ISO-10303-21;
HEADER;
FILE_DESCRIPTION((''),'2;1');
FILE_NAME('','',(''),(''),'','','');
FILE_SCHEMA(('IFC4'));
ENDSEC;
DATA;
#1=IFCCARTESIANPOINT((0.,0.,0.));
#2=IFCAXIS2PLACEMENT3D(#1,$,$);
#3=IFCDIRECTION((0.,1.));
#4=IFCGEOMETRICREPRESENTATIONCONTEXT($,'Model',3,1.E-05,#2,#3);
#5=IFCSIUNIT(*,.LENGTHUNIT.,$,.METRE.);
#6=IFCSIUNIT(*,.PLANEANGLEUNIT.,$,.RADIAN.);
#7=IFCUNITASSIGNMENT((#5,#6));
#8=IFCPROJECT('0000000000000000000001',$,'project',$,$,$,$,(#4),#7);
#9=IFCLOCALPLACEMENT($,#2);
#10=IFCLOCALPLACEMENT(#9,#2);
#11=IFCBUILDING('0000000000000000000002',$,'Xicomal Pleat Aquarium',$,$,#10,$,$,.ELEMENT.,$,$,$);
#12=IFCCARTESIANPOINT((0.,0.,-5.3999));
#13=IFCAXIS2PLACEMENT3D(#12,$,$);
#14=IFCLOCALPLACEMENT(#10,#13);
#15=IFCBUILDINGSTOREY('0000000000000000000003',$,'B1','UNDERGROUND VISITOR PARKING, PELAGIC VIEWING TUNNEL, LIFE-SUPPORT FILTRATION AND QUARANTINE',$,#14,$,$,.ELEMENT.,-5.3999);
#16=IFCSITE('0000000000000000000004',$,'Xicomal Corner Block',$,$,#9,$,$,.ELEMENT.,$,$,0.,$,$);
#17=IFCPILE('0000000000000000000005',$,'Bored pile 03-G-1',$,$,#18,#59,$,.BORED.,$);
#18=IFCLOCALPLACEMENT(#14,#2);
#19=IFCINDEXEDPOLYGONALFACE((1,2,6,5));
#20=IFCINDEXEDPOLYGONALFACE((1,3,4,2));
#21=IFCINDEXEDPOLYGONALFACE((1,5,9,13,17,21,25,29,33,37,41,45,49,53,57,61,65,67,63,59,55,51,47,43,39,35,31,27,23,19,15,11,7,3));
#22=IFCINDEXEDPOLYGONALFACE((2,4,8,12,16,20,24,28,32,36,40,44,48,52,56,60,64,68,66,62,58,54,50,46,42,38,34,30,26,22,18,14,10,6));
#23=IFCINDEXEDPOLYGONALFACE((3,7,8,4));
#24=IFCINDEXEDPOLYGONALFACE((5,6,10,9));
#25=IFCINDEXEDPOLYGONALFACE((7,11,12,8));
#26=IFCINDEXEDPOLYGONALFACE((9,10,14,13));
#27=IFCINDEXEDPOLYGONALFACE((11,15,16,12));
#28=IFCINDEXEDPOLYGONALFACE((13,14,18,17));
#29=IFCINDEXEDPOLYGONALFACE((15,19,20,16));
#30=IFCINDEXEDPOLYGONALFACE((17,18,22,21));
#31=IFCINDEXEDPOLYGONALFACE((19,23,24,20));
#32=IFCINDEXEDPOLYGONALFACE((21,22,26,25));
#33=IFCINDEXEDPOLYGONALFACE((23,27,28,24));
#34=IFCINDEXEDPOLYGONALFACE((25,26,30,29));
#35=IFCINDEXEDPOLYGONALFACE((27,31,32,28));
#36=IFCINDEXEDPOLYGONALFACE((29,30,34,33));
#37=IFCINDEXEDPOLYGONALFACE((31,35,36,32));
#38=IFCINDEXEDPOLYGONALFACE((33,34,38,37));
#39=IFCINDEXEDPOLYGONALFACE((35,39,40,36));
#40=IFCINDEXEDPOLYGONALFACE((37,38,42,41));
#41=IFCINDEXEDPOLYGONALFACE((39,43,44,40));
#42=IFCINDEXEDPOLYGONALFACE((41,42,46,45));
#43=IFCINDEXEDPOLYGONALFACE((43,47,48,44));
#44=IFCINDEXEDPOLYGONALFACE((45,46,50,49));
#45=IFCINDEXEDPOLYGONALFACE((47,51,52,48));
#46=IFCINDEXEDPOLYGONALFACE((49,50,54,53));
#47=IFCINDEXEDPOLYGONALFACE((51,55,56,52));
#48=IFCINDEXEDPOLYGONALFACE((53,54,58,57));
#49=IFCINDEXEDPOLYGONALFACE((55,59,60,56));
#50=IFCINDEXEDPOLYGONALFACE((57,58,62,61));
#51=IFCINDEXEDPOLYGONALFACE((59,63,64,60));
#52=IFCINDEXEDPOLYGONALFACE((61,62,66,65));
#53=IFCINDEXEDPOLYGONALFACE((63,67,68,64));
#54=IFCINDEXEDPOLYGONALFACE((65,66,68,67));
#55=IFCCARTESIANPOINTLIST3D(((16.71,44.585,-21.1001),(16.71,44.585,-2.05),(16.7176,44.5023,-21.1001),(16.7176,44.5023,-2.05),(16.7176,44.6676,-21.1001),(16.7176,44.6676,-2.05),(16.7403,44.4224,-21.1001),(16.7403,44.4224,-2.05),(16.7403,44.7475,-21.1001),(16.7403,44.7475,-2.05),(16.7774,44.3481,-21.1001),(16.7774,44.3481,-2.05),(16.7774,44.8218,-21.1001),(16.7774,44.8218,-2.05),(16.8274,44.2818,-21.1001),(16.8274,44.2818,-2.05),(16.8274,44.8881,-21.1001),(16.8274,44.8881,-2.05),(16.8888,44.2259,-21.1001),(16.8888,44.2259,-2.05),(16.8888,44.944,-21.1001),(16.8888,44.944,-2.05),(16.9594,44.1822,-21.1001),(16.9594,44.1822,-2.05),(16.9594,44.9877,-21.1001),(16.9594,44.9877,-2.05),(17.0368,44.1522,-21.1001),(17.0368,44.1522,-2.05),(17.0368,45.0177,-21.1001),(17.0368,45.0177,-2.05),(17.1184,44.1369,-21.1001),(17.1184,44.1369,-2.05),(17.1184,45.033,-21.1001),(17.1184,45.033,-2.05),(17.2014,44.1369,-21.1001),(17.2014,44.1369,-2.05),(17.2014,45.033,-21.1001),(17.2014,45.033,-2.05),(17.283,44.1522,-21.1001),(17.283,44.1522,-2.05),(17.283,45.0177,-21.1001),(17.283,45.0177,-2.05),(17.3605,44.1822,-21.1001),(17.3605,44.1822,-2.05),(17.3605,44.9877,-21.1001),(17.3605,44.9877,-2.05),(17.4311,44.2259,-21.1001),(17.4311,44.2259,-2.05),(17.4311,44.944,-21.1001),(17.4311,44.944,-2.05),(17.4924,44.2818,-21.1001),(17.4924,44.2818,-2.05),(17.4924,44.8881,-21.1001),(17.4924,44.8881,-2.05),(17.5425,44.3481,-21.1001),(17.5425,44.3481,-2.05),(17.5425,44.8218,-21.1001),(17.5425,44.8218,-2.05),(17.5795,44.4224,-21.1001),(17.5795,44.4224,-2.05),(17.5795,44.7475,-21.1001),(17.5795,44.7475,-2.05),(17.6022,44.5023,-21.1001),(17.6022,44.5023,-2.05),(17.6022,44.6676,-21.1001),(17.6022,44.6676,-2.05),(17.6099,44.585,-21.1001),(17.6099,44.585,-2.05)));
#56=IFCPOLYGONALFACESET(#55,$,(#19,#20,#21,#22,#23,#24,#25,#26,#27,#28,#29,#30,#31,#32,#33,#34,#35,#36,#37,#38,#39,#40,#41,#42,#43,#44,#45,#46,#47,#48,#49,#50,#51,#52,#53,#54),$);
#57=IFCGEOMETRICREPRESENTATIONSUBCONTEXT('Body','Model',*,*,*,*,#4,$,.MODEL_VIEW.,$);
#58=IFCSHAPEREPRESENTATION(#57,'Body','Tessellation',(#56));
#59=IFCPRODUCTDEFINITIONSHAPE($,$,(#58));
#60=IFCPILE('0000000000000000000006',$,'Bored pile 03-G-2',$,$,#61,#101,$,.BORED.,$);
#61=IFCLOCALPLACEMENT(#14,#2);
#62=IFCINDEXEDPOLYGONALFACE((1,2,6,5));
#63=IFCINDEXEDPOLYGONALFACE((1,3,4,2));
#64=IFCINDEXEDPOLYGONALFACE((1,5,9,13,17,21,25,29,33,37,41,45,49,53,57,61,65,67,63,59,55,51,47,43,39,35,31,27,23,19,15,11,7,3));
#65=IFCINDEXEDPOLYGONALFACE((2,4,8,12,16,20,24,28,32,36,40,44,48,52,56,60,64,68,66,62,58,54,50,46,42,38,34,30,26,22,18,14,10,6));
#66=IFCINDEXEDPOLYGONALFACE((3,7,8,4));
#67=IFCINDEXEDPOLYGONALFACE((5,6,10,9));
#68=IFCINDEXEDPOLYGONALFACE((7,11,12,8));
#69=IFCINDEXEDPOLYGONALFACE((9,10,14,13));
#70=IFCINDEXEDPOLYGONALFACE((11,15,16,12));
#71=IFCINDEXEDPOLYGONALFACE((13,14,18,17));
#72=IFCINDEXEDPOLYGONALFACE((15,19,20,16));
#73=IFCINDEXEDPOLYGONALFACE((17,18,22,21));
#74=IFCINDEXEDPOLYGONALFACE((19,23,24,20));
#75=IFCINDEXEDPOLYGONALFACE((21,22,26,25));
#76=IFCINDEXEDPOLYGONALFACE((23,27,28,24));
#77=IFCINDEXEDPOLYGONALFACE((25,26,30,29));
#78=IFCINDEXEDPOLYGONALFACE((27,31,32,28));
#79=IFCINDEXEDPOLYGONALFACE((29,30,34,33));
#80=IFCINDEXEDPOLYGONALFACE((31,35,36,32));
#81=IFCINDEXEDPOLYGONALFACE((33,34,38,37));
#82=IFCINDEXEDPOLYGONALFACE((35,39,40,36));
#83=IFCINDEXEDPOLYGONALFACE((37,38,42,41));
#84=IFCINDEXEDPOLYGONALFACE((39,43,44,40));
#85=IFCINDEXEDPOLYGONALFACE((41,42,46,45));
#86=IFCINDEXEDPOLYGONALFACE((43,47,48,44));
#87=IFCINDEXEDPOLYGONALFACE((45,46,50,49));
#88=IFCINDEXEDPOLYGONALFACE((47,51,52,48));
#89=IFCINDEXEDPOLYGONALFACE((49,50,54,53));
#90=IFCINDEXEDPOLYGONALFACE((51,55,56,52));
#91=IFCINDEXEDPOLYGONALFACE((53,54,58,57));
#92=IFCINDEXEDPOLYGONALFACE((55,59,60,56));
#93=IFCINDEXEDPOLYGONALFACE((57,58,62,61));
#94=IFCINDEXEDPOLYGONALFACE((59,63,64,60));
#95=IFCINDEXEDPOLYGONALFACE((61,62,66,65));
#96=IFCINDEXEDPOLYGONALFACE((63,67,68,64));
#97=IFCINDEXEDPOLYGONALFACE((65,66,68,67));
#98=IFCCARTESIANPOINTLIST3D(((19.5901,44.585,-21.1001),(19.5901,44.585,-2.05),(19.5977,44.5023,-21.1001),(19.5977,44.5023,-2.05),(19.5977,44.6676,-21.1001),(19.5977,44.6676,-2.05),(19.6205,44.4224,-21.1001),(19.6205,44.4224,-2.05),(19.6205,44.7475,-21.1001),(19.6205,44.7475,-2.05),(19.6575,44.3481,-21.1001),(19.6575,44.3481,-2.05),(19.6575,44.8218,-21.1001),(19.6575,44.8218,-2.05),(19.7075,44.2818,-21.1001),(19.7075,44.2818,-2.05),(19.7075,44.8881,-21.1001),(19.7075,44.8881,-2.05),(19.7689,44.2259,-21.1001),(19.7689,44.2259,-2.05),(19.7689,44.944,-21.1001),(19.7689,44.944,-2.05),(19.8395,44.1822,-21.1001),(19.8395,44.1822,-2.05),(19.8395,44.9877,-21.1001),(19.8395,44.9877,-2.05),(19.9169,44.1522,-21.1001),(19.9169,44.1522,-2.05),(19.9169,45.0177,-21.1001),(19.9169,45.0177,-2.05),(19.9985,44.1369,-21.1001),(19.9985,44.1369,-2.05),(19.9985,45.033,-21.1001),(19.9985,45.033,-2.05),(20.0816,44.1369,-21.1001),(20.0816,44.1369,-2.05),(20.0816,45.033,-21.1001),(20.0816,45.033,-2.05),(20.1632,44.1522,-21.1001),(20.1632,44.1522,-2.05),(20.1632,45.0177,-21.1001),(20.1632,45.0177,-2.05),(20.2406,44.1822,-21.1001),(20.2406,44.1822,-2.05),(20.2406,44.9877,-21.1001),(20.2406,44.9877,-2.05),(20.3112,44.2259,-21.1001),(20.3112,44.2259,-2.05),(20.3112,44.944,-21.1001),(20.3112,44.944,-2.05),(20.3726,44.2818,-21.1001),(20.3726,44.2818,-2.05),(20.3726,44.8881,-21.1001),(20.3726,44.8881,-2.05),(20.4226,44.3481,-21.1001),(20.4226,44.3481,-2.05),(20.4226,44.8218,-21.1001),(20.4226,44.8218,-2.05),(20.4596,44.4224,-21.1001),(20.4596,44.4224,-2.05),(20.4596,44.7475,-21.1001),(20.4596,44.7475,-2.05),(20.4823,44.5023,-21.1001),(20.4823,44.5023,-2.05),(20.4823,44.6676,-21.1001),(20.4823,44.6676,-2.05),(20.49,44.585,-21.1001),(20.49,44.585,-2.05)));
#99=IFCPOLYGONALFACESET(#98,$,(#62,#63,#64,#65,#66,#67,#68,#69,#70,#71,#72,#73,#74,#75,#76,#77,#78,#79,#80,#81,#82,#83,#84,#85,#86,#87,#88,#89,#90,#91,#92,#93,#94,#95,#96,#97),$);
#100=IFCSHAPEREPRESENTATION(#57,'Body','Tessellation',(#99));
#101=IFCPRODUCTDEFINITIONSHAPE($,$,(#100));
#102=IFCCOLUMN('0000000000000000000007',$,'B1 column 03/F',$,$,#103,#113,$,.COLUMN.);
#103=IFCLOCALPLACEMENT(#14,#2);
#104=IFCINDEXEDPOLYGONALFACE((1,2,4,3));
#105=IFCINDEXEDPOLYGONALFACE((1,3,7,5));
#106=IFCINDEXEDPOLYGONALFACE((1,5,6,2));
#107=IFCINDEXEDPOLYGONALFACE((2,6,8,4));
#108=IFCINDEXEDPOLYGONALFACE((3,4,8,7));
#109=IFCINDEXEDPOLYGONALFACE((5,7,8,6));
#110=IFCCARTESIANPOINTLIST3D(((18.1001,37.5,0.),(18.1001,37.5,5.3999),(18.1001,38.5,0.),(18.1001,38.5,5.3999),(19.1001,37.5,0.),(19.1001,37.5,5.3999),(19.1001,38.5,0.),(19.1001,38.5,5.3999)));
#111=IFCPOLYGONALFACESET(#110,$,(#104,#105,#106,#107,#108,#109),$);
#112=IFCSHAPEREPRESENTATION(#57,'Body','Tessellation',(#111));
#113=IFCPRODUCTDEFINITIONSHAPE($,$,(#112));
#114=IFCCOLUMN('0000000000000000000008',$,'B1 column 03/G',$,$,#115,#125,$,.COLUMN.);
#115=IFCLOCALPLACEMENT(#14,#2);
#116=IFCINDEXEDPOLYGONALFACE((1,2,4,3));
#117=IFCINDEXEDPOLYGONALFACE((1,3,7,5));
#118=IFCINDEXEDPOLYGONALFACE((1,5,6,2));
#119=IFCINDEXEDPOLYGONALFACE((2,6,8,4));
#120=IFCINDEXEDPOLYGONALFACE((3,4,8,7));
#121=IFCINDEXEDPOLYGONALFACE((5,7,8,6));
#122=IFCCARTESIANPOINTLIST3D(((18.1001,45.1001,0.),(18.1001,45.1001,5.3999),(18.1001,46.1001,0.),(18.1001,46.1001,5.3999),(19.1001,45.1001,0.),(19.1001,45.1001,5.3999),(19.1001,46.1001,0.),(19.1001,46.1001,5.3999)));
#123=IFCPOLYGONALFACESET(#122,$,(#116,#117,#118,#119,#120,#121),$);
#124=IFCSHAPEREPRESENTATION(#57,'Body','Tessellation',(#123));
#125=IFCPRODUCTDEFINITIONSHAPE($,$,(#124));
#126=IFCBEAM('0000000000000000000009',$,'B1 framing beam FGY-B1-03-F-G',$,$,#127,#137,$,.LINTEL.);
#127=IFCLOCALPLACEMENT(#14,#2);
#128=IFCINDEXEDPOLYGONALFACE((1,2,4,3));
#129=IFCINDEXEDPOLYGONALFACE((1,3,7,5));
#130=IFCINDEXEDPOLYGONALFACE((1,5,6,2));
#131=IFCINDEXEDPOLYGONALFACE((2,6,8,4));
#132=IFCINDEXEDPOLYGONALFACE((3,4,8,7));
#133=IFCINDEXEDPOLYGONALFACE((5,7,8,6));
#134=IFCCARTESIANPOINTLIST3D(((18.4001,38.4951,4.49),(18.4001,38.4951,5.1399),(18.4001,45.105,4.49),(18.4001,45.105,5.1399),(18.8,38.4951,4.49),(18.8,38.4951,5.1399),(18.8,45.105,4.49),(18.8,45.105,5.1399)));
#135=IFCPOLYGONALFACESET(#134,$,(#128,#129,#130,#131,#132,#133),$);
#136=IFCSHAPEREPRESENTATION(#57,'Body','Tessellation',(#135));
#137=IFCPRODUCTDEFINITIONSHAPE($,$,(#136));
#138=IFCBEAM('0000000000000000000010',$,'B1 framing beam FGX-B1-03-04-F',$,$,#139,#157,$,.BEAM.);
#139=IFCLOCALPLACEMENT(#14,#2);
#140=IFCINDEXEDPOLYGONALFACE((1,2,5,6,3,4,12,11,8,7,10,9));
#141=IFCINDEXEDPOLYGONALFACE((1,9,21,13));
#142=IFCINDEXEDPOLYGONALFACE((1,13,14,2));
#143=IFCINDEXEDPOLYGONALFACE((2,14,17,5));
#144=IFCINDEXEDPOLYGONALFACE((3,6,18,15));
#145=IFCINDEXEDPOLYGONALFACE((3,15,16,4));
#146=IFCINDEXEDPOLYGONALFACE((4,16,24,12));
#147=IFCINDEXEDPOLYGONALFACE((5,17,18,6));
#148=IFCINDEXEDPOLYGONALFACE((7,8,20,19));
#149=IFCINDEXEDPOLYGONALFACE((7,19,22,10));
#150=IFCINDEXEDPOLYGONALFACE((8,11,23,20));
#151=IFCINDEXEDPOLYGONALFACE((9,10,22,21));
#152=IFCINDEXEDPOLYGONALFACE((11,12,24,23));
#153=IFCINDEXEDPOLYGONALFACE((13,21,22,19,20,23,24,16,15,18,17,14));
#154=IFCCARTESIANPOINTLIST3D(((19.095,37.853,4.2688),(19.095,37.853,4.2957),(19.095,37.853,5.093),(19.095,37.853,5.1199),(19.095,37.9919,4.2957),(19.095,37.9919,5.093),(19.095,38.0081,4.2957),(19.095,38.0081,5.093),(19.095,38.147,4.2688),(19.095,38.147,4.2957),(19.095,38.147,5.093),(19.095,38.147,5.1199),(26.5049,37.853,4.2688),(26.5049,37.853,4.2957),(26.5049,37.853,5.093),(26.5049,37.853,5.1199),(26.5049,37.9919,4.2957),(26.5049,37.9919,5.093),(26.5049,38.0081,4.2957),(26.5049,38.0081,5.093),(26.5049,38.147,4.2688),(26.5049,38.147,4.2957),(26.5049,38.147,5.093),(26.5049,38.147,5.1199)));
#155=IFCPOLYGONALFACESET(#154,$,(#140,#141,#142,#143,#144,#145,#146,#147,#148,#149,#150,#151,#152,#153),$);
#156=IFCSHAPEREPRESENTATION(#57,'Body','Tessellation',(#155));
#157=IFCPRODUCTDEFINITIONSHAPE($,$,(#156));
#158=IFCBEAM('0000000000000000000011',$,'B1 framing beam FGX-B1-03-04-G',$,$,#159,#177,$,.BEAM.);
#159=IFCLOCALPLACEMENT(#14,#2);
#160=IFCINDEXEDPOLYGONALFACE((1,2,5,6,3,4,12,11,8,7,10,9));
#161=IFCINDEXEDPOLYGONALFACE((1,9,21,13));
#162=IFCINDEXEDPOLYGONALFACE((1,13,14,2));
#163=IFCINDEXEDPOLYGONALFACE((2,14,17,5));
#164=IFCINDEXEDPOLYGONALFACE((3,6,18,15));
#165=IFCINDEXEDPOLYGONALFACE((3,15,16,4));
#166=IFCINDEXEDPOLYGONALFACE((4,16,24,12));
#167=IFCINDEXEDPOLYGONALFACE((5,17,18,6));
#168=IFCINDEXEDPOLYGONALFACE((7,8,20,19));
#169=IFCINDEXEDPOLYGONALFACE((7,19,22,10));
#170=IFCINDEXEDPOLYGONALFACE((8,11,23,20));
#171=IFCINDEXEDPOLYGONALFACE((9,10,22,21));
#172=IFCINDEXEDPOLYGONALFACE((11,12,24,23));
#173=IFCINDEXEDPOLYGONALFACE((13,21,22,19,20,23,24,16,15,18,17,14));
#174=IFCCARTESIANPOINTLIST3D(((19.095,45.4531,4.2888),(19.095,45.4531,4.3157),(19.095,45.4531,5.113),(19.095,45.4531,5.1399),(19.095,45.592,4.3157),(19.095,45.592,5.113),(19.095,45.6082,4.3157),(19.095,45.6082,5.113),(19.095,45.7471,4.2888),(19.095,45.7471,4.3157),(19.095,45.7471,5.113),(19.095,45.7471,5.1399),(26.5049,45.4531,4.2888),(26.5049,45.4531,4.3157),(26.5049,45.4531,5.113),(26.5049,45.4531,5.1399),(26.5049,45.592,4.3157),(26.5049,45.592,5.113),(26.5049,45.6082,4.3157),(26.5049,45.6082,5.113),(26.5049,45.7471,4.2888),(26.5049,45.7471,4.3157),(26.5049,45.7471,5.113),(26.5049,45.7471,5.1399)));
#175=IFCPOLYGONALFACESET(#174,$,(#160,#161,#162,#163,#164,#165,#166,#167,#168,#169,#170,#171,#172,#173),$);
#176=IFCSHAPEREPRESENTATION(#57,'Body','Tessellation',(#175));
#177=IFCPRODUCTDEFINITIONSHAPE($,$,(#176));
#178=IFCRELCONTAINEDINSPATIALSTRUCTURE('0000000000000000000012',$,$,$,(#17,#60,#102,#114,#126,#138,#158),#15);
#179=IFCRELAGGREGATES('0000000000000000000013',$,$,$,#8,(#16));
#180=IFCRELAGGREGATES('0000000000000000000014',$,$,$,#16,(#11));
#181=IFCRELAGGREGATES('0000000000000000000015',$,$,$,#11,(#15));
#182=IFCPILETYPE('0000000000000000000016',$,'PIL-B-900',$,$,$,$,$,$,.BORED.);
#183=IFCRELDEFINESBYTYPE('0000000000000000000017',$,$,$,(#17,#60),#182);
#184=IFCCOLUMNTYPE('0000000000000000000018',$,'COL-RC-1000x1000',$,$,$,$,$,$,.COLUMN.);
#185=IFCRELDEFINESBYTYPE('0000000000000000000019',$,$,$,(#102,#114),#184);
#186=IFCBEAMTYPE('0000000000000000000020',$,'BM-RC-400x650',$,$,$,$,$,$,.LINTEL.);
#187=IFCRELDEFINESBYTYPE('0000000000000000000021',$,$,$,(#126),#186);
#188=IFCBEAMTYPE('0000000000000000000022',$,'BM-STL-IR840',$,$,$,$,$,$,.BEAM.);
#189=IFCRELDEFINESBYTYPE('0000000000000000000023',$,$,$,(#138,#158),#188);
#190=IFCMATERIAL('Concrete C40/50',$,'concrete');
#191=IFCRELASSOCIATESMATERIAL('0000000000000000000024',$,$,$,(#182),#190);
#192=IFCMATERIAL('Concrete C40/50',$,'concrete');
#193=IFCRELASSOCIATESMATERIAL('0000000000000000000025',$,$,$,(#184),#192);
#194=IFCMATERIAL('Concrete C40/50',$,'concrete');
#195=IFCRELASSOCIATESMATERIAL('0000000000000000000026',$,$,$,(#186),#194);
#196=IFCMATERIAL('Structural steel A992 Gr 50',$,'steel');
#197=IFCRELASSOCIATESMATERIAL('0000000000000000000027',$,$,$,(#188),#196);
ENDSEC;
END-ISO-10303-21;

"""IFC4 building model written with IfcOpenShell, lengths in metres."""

from ifc_helpers import new_model, si_unit, direction, frame, origin, origin_2d, place, context, subcontext, project, spatial, rectangle, circle, i_section, extrude, material, material_profile, profile_set, type_object, element, save


model = new_model("IFC4")

# Units and contexts
model_context = context("Model", 3, precision=1e-05, world=origin(), true_north=direction((0.0, 1.0)))
body_context = subcontext(model_context, "Body", "Model", "MODEL_VIEW")
ifc_project = project(units=[si_unit("LENGTHUNIT", "METRE"), si_unit("PLANEANGLEUNIT", "RADIAN")], contexts=[model_context])

# Site, building, storey
site_placement = place(None, origin())
site = spatial("IfcSite", under=ifc_project, at=site_placement, Name="Xicomal Corner Block", CompositionType="ELEMENT", RefElevation=0.0)
building_placement = place(site_placement, origin())
building = spatial("IfcBuilding", under=site, at=building_placement, Name="Xicomal Pleat Aquarium", CompositionType="ELEMENT")
storey_placement = place(building_placement, frame((0.0, 0.0, -5.3999)))
storey = spatial("IfcBuildingStorey", under=building, at=storey_placement, Name="B1", Description="UNDERGROUND VISITOR PARKING, PELAGIC VIEWING TUNNEL, LIFE-SUPPORT FILTRATION AND QUARANTINE", CompositionType="ELEMENT", Elevation=-5.3999)

# Piles
ifc_material_1 = material(Name="Concrete C40/50", Category="concrete")
ifc_material_profile_1 = material_profile(ifc_material_1, circle(Radius=0.45, at=origin_2d()), Name="BORED PILE D900")
ifc_profile_set_1 = profile_set([ifc_material_profile_1], Name="Concrete C40/50")
pile_type_1 = type_object("IfcPileType", Name="PIL-B-900", PredefinedType="BORED", material=ifc_profile_set_1)
for number, where, z_axis, x_axis, name in (
    (1, (17.1599, 44.585, -2.05), (0.0, 0.0, -1.0), (1.0, 0.0, 0.0), "Bored pile 03-G-1"),
    (2, (20.04, 44.585, -2.05), (0.0, 0.0, -1.0), (1.0, 0.0, 0.0), "Bored pile 03-G-2"),
):
    element("IfcPile", number, at=place(storey_placement, frame(where, z_axis=z_axis, x_axis=x_axis)), inside=storey, type_object=pile_type_1, Name=name, PredefinedType="BORED", context=body_context, shape_type="SweptSolid", body=[
        extrude(circle(Radius=0.45, at=origin_2d()), origin(), (0.0, 0.0, 1.0), 19.05),
    ])

# Columns
ifc_material_2 = material(Name="Concrete C40/50", Category="concrete")
ifc_material_profile_2 = material_profile(ifc_material_2, rectangle(XDim=1.0, YDim=1.0, at=origin_2d()), Name="RC 1000x1000")
ifc_profile_set_2 = profile_set([ifc_material_profile_2], Name="Concrete C40/50")
column_type = type_object("IfcColumnType", Name="COL-RC-1000x1000", PredefinedType="COLUMN", material=ifc_profile_set_2)
for number, where, z_axis, x_axis, name in (
    (3, (18.6001, 38.0, 0.0), (0.0, 0.0, 1.0), (1.0, 0.0, 0.0), "B1 column 03/F"),
    (4, (18.6001, 45.6001, 0.0), (0.0, 0.0, 1.0), (1.0, 0.0, 0.0), "B1 column 03/G"),
):
    element("IfcColumn", number, at=place(storey_placement, frame(where, z_axis=z_axis, x_axis=x_axis)), inside=storey, type_object=column_type, Name=name, PredefinedType="COLUMN", context=body_context, shape_type="SweptSolid", body=[
        extrude(rectangle(XDim=1.0, YDim=1.0, at=origin_2d()), origin(), (0.0, 0.0, 1.0), 5.3999),
    ])

# Beams
ifc_material_3 = material(Name="Concrete C40/50", Category="concrete")
ifc_material_profile_3 = material_profile(ifc_material_3, rectangle(XDim=0.3999, YDim=0.6499, at=origin_2d()), Name="RC 400x650")
ifc_profile_set_3 = profile_set([ifc_material_profile_3], Name="Concrete C40/50")
beam_type_1 = type_object("IfcBeamType", Name="BM-RC-400x650", PredefinedType="LINTEL", material=ifc_profile_set_3)
beam_placement = place(storey_placement, frame((18.6001, 38.4951, 4.8149), z_axis=(0.0, 1.0, 0.0), x_axis=(-1.0, 0.0, 0.0)))
element("IfcBeam", 5, at=beam_placement, inside=storey, type_object=beam_type_1, Name="B1 framing beam FGY-B1-03-F-G", PredefinedType="LINTEL", context=body_context, shape_type="SweptSolid", body=[
    extrude(rectangle(XDim=0.3999, YDim=0.6499, at=origin_2d()), origin(), (0.0, 0.0, 1.0), 6.6099),
])
ifc_material_4 = material(Name="Structural steel A992 Gr 50", Category="steel")
ifc_material_profile_4 = material_profile(ifc_material_4, i_section(OverallWidth=0.2939, OverallDepth=0.8511, WebThickness=0.0161, FlangeThickness=0.0269, at=origin_2d()), Name="IR 840x226")
ifc_profile_set_4 = profile_set([ifc_material_profile_4], Name="Structural steel A992 Gr 50")
beam_type_2 = type_object("IfcBeamType", Name="BM-STL-IR840", PredefinedType="BEAM", material=ifc_profile_set_4)
for number, where, z_axis, x_axis, name in (
    (6, (19.095, 38.0, 4.6943), (1.0, 0.0, 0.0), (0.0, 1.0, 0.0), "B1 framing beam FGX-B1-03-04-F"),
    (7, (19.095, 45.6001, 4.7144), (1.0, 0.0, 0.0), (0.0, 1.0, 0.0), "B1 framing beam FGX-B1-03-04-G"),
):
    element("IfcBeam", number, at=place(storey_placement, frame(where, z_axis=z_axis, x_axis=x_axis)), inside=storey, type_object=beam_type_2, Name=name, PredefinedType="BEAM", context=body_context, shape_type="SweptSolid", body=[
        extrude(i_section(OverallWidth=0.2939, OverallDepth=0.8511, WebThickness=0.0161, FlangeThickness=0.0269, at=origin_2d()), origin(), (0.0, 0.0, 1.0), 7.4099),
    ])

save(model, "model.ifc")
